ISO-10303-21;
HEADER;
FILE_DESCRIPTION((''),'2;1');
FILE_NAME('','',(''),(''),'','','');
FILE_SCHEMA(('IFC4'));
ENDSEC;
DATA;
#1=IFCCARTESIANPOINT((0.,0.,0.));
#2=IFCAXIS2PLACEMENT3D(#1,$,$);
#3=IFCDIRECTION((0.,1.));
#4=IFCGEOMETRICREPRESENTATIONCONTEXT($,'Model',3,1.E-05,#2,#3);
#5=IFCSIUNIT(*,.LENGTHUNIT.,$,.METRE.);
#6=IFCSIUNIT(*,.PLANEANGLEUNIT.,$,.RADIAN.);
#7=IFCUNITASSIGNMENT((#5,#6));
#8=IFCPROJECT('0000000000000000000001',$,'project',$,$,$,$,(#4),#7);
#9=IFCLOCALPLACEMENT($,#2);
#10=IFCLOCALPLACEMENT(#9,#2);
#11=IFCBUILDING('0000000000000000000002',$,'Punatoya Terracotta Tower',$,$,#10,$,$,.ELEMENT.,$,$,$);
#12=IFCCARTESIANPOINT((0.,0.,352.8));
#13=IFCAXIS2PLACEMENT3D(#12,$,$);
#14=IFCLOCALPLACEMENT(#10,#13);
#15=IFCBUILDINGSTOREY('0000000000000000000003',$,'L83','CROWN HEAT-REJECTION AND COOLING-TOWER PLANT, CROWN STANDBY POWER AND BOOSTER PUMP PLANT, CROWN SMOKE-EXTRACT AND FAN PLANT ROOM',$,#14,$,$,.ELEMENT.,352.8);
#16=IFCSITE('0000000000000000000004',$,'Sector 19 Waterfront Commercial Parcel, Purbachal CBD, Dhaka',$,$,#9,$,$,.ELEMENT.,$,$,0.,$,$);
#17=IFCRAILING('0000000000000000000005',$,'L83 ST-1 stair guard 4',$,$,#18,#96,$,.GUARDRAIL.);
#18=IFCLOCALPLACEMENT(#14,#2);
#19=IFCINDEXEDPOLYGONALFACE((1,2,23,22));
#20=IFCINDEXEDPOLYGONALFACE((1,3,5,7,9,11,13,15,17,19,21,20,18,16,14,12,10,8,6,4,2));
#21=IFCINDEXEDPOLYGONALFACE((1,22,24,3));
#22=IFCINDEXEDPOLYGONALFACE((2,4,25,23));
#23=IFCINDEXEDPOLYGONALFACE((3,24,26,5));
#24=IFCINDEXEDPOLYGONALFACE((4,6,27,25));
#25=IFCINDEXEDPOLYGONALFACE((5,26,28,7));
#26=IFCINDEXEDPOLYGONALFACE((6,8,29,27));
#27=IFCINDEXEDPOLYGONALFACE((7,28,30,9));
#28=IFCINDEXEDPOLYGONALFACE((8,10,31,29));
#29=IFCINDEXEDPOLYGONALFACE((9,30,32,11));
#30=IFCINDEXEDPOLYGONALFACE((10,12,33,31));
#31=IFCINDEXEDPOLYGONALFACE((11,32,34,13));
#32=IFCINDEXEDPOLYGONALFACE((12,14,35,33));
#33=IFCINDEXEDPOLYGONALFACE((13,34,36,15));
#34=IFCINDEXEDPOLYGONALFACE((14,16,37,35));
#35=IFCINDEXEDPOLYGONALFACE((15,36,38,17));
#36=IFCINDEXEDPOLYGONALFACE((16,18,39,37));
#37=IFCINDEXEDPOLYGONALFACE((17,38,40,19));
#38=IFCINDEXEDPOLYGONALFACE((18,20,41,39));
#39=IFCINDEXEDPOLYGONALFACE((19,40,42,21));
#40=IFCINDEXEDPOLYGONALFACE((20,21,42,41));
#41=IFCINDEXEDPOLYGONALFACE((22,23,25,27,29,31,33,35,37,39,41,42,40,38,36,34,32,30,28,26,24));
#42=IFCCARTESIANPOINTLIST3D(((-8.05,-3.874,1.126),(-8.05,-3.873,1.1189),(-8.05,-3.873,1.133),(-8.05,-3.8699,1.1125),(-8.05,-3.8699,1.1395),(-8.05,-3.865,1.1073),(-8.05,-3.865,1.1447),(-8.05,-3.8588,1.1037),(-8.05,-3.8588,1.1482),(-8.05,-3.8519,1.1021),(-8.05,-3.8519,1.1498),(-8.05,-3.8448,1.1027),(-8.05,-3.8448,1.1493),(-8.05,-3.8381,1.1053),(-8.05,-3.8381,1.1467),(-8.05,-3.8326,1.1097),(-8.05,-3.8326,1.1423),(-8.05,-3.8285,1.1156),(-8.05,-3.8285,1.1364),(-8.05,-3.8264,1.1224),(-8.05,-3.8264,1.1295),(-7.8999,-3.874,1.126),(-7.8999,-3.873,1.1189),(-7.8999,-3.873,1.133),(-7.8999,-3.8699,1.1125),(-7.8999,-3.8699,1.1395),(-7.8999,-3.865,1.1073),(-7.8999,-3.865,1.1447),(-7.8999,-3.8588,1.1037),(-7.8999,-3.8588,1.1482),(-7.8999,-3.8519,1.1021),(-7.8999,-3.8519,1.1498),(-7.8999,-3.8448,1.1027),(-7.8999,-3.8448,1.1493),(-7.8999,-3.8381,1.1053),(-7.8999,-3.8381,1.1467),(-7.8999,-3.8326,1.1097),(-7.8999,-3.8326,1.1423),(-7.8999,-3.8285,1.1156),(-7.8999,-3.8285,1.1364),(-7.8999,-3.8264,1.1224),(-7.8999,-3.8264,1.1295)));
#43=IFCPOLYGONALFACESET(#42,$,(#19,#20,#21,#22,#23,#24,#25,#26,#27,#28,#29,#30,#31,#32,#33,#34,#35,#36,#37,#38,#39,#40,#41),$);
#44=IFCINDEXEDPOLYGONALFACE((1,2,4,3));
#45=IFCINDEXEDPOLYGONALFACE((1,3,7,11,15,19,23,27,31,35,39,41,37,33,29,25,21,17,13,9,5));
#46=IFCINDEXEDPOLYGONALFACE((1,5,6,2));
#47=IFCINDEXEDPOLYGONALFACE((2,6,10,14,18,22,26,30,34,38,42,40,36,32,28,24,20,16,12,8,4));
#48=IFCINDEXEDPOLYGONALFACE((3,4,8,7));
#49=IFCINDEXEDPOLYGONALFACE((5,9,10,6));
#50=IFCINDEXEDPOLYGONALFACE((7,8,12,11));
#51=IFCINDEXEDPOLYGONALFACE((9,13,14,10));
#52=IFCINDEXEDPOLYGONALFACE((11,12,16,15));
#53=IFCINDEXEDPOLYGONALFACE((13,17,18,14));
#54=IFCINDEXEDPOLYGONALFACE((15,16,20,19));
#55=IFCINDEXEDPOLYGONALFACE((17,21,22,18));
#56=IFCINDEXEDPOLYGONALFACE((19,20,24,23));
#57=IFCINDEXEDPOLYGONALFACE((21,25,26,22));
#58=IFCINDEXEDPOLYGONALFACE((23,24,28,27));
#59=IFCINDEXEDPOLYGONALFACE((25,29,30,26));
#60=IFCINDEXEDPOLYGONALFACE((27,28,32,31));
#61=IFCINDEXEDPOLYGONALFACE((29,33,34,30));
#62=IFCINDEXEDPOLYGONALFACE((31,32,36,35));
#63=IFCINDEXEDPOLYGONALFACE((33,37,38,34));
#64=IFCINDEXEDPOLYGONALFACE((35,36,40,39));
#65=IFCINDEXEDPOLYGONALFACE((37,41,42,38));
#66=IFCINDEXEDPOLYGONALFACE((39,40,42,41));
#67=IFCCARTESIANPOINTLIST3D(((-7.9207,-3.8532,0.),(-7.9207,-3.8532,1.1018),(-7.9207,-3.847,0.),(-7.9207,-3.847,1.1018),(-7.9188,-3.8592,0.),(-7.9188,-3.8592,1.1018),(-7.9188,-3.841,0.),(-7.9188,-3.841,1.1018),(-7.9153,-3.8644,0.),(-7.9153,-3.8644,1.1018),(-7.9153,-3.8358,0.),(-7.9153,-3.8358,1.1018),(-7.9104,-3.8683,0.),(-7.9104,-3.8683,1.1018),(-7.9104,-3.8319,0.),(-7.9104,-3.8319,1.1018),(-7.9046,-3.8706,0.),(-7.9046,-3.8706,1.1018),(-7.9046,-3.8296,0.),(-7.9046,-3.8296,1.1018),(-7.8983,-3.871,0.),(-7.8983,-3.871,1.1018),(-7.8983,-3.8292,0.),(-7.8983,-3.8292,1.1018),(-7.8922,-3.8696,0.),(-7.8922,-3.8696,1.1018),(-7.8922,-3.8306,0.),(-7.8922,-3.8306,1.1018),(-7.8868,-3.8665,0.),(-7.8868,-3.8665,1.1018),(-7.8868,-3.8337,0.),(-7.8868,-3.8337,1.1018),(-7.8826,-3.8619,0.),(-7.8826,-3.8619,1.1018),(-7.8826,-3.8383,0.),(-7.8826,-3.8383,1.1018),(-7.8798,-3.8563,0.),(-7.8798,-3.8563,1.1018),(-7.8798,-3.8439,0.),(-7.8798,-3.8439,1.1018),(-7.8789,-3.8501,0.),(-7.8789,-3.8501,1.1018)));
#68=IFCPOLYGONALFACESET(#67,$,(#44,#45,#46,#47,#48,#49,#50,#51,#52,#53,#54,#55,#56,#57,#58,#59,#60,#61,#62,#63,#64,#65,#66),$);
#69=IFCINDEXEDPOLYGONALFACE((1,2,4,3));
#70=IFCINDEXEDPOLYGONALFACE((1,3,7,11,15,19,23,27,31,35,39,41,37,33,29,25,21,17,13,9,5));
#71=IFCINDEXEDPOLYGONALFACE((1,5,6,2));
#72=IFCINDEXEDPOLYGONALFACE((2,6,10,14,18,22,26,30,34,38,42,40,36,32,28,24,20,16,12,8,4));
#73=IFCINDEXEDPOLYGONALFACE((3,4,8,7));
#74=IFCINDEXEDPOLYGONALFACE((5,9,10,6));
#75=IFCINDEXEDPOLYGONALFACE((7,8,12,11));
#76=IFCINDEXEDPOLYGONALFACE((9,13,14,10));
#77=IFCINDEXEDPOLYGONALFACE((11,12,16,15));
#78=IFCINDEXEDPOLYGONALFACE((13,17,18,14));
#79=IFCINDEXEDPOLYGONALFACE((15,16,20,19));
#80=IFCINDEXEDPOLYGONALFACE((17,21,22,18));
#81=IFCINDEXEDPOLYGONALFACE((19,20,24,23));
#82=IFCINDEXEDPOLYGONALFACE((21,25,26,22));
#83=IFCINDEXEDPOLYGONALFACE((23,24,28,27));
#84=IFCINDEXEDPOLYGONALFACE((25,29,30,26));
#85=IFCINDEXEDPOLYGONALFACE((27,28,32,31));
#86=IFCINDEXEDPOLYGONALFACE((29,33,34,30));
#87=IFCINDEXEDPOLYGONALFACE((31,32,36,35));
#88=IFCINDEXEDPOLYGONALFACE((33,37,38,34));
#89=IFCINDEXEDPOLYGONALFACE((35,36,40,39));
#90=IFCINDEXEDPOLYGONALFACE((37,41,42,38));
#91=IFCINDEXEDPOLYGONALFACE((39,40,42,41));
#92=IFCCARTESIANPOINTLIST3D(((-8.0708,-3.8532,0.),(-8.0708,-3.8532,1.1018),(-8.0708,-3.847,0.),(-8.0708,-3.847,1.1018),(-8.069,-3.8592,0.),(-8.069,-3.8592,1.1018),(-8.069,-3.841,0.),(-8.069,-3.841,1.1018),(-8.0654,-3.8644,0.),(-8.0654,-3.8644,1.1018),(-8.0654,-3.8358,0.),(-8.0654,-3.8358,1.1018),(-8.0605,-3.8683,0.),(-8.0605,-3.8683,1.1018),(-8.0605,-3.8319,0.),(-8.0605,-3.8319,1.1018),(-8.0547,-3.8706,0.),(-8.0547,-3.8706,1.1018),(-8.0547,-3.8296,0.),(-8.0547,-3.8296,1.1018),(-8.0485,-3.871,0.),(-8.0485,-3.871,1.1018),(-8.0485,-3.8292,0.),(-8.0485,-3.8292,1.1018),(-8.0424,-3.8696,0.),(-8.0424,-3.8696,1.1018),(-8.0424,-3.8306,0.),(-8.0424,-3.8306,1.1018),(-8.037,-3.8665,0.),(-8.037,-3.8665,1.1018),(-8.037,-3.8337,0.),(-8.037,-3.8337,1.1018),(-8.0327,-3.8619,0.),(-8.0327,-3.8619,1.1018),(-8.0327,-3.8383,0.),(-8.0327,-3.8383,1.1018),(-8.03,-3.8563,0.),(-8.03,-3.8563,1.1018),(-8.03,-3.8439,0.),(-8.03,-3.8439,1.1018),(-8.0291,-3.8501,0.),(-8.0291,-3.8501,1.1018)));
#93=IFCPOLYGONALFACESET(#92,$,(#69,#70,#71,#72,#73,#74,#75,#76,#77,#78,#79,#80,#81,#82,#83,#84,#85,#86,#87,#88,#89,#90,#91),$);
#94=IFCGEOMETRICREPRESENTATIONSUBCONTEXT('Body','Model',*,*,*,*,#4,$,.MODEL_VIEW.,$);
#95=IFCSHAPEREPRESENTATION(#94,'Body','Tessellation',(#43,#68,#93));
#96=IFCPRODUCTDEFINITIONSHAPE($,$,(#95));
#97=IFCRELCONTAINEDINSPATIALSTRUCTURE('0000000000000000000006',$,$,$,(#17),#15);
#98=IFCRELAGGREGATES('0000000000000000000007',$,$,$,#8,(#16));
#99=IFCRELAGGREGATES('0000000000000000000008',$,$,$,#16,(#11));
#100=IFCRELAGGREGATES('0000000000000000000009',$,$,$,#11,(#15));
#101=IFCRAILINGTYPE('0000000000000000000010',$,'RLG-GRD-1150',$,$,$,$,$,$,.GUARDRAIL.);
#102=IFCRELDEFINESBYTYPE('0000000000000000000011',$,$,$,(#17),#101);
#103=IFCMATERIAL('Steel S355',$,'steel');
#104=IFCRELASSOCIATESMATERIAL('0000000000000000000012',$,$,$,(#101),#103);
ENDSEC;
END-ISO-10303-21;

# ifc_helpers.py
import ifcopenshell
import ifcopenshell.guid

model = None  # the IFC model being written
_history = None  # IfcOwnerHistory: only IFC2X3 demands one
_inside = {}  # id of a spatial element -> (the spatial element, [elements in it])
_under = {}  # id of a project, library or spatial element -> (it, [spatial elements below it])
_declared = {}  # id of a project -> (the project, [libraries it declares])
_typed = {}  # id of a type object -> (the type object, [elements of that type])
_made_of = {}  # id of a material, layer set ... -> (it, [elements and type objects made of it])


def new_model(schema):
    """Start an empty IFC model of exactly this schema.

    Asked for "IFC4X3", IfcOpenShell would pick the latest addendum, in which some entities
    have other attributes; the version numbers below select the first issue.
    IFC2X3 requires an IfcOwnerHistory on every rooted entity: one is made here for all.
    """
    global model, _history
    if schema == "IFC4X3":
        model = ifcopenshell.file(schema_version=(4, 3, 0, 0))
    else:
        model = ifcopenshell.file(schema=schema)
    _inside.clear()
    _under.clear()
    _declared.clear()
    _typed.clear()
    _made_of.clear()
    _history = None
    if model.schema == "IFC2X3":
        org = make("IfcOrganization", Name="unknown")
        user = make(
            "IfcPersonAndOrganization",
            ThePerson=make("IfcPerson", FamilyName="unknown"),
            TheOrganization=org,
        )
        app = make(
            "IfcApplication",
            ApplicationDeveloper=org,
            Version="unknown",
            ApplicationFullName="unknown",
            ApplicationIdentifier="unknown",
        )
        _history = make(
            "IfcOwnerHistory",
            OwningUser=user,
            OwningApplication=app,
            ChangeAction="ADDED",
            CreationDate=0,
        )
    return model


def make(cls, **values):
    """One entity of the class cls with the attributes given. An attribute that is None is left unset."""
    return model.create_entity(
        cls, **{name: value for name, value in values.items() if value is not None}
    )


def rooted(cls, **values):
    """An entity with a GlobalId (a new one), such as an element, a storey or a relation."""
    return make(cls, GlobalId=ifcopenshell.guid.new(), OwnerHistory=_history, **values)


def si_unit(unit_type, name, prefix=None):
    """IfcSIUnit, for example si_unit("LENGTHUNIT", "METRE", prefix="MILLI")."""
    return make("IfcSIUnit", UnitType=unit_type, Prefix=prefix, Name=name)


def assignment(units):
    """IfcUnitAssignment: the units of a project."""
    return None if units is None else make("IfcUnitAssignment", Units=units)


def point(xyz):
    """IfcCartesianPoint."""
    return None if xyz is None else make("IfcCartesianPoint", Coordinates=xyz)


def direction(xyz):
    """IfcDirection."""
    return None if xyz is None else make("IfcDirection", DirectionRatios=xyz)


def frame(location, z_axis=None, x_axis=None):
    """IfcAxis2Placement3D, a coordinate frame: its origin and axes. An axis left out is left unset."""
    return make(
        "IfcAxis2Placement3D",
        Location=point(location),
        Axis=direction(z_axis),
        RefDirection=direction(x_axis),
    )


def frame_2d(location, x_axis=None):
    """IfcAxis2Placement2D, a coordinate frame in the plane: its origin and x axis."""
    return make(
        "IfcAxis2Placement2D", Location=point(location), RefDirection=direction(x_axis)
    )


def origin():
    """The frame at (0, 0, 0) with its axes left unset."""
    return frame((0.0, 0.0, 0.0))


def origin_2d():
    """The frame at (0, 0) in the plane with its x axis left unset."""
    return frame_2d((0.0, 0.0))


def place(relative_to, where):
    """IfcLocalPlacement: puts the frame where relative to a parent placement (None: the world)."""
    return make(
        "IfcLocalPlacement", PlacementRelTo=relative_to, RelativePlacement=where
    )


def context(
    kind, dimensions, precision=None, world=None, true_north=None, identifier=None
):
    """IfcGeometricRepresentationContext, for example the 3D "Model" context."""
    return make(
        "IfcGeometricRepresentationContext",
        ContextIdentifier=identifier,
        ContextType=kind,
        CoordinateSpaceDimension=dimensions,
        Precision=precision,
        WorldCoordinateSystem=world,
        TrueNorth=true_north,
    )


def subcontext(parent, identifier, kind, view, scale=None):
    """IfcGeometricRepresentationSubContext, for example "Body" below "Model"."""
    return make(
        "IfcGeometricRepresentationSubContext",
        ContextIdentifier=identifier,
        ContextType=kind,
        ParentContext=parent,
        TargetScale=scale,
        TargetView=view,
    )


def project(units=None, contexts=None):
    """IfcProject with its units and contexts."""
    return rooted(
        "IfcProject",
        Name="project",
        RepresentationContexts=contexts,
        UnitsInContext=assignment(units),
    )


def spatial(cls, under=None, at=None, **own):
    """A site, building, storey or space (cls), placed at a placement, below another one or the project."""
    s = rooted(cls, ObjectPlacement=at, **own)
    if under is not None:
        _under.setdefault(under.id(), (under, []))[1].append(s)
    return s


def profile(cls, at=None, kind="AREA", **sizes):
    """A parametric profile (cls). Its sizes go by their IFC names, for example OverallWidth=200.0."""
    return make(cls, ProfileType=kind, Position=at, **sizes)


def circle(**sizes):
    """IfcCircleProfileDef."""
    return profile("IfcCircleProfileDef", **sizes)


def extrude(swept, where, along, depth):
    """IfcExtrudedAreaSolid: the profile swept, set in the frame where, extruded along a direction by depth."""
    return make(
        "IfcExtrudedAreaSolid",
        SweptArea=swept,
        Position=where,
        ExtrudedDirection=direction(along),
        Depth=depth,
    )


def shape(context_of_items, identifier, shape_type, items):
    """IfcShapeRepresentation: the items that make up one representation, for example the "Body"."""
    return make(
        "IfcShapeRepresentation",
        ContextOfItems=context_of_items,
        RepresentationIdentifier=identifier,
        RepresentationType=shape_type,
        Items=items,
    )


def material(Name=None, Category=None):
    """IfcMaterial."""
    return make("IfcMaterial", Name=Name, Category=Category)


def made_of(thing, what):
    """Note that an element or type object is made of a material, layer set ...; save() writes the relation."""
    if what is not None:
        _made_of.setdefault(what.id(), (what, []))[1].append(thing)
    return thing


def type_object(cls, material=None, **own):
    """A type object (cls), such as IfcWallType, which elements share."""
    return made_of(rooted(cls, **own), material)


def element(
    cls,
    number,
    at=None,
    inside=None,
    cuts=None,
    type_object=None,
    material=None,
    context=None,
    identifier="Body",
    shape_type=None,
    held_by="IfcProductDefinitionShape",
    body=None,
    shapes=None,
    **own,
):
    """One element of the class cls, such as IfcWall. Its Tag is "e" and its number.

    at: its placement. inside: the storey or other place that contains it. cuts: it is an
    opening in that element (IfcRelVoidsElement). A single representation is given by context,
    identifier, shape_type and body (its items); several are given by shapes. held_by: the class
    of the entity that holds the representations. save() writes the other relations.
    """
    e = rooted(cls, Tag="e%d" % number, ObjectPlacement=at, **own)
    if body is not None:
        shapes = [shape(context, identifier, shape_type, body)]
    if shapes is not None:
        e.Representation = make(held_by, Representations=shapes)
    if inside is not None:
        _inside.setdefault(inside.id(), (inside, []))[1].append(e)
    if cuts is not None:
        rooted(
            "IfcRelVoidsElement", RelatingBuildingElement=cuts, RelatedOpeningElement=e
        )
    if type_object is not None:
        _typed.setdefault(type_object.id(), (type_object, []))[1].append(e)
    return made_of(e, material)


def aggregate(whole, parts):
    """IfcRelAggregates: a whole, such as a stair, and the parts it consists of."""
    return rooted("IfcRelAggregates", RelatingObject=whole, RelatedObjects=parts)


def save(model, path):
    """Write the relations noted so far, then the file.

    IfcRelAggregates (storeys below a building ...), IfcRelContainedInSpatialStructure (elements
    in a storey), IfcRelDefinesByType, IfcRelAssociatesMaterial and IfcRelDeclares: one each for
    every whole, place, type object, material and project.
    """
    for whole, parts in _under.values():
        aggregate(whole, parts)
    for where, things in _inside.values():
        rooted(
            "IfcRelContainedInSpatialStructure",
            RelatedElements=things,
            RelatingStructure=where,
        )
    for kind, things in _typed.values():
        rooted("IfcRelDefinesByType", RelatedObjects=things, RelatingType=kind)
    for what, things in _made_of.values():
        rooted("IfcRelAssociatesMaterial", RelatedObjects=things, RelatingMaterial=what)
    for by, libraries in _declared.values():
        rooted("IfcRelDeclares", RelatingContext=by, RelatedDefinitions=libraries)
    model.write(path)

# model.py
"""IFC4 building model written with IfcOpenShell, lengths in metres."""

from ifc_helpers import new_model, si_unit, direction, frame, origin, origin_2d, place, context, subcontext, project, spatial, circle, extrude, material, type_object, element, save


model = new_model("IFC4")

# Units and contexts
model_context = context("Model", 3, precision=1e-05, world=origin(), true_north=direction((0.0, 1.0)))
body_context = subcontext(model_context, "Body", "Model", "MODEL_VIEW")
ifc_project = project(units=[si_unit("LENGTHUNIT", "METRE"), si_unit("PLANEANGLEUNIT", "RADIAN")], contexts=[model_context])

# Site, building, storey
site_placement = place(None, origin())
site = spatial("IfcSite", under=ifc_project, at=site_placement, Name="Sector 19 Waterfront Commercial Parcel, Purbachal CBD, Dhaka", CompositionType="ELEMENT", RefElevation=0.0)
building_placement = place(site_placement, origin())
building = spatial("IfcBuilding", under=site, at=building_placement, Name="Punatoya Terracotta Tower", CompositionType="ELEMENT")
storey_placement = place(building_placement, frame((0.0, 0.0, 352.8)))
storey = spatial("IfcBuildingStorey", under=building, at=storey_placement, Name="L83", Description="CROWN HEAT-REJECTION AND COOLING-TOWER PLANT, CROWN STANDBY POWER AND BOOSTER PUMP PLANT, CROWN SMOKE-EXTRACT AND FAN PLANT ROOM", CompositionType="ELEMENT", Elevation=352.8)

# Railing
ifc_material_1 = material(Name="Steel S355", Category="steel")
railing_type_1 = type_object("IfcRailingType", Name="RLG-GRD-1150", PredefinedType="GUARDRAIL", material=ifc_material_1)
railing_1_placement = place(storey_placement, frame((-7.8999, -3.8501, 0.0)))
element("IfcRailing", 1, at=railing_1_placement, inside=storey, type_object=railing_type_1, Name="L83 ST-1 stair guard 4", PredefinedType="GUARDRAIL", context=body_context, shape_type="SweptSolid", body=[
    extrude(circle(Radius=0.0239, at=origin_2d()), frame((0.0, 0.0, 1.126), z_axis=(-1.0, 0.0, 0.0), x_axis=(0.0, -1.0, 0.0)), (0.0, 0.0, 1.0), 0.1501),
    extrude(circle(Radius=0.021, at=origin_2d()), origin(), (0.0, 0.0, 1.0), 1.1018),
    extrude(circle(Radius=0.021, at=origin_2d()), frame((-0.1501, 0.0, 0.0)), (0.0, 0.0, 1.0), 1.1018),
])

save(model, "model.ifc")
